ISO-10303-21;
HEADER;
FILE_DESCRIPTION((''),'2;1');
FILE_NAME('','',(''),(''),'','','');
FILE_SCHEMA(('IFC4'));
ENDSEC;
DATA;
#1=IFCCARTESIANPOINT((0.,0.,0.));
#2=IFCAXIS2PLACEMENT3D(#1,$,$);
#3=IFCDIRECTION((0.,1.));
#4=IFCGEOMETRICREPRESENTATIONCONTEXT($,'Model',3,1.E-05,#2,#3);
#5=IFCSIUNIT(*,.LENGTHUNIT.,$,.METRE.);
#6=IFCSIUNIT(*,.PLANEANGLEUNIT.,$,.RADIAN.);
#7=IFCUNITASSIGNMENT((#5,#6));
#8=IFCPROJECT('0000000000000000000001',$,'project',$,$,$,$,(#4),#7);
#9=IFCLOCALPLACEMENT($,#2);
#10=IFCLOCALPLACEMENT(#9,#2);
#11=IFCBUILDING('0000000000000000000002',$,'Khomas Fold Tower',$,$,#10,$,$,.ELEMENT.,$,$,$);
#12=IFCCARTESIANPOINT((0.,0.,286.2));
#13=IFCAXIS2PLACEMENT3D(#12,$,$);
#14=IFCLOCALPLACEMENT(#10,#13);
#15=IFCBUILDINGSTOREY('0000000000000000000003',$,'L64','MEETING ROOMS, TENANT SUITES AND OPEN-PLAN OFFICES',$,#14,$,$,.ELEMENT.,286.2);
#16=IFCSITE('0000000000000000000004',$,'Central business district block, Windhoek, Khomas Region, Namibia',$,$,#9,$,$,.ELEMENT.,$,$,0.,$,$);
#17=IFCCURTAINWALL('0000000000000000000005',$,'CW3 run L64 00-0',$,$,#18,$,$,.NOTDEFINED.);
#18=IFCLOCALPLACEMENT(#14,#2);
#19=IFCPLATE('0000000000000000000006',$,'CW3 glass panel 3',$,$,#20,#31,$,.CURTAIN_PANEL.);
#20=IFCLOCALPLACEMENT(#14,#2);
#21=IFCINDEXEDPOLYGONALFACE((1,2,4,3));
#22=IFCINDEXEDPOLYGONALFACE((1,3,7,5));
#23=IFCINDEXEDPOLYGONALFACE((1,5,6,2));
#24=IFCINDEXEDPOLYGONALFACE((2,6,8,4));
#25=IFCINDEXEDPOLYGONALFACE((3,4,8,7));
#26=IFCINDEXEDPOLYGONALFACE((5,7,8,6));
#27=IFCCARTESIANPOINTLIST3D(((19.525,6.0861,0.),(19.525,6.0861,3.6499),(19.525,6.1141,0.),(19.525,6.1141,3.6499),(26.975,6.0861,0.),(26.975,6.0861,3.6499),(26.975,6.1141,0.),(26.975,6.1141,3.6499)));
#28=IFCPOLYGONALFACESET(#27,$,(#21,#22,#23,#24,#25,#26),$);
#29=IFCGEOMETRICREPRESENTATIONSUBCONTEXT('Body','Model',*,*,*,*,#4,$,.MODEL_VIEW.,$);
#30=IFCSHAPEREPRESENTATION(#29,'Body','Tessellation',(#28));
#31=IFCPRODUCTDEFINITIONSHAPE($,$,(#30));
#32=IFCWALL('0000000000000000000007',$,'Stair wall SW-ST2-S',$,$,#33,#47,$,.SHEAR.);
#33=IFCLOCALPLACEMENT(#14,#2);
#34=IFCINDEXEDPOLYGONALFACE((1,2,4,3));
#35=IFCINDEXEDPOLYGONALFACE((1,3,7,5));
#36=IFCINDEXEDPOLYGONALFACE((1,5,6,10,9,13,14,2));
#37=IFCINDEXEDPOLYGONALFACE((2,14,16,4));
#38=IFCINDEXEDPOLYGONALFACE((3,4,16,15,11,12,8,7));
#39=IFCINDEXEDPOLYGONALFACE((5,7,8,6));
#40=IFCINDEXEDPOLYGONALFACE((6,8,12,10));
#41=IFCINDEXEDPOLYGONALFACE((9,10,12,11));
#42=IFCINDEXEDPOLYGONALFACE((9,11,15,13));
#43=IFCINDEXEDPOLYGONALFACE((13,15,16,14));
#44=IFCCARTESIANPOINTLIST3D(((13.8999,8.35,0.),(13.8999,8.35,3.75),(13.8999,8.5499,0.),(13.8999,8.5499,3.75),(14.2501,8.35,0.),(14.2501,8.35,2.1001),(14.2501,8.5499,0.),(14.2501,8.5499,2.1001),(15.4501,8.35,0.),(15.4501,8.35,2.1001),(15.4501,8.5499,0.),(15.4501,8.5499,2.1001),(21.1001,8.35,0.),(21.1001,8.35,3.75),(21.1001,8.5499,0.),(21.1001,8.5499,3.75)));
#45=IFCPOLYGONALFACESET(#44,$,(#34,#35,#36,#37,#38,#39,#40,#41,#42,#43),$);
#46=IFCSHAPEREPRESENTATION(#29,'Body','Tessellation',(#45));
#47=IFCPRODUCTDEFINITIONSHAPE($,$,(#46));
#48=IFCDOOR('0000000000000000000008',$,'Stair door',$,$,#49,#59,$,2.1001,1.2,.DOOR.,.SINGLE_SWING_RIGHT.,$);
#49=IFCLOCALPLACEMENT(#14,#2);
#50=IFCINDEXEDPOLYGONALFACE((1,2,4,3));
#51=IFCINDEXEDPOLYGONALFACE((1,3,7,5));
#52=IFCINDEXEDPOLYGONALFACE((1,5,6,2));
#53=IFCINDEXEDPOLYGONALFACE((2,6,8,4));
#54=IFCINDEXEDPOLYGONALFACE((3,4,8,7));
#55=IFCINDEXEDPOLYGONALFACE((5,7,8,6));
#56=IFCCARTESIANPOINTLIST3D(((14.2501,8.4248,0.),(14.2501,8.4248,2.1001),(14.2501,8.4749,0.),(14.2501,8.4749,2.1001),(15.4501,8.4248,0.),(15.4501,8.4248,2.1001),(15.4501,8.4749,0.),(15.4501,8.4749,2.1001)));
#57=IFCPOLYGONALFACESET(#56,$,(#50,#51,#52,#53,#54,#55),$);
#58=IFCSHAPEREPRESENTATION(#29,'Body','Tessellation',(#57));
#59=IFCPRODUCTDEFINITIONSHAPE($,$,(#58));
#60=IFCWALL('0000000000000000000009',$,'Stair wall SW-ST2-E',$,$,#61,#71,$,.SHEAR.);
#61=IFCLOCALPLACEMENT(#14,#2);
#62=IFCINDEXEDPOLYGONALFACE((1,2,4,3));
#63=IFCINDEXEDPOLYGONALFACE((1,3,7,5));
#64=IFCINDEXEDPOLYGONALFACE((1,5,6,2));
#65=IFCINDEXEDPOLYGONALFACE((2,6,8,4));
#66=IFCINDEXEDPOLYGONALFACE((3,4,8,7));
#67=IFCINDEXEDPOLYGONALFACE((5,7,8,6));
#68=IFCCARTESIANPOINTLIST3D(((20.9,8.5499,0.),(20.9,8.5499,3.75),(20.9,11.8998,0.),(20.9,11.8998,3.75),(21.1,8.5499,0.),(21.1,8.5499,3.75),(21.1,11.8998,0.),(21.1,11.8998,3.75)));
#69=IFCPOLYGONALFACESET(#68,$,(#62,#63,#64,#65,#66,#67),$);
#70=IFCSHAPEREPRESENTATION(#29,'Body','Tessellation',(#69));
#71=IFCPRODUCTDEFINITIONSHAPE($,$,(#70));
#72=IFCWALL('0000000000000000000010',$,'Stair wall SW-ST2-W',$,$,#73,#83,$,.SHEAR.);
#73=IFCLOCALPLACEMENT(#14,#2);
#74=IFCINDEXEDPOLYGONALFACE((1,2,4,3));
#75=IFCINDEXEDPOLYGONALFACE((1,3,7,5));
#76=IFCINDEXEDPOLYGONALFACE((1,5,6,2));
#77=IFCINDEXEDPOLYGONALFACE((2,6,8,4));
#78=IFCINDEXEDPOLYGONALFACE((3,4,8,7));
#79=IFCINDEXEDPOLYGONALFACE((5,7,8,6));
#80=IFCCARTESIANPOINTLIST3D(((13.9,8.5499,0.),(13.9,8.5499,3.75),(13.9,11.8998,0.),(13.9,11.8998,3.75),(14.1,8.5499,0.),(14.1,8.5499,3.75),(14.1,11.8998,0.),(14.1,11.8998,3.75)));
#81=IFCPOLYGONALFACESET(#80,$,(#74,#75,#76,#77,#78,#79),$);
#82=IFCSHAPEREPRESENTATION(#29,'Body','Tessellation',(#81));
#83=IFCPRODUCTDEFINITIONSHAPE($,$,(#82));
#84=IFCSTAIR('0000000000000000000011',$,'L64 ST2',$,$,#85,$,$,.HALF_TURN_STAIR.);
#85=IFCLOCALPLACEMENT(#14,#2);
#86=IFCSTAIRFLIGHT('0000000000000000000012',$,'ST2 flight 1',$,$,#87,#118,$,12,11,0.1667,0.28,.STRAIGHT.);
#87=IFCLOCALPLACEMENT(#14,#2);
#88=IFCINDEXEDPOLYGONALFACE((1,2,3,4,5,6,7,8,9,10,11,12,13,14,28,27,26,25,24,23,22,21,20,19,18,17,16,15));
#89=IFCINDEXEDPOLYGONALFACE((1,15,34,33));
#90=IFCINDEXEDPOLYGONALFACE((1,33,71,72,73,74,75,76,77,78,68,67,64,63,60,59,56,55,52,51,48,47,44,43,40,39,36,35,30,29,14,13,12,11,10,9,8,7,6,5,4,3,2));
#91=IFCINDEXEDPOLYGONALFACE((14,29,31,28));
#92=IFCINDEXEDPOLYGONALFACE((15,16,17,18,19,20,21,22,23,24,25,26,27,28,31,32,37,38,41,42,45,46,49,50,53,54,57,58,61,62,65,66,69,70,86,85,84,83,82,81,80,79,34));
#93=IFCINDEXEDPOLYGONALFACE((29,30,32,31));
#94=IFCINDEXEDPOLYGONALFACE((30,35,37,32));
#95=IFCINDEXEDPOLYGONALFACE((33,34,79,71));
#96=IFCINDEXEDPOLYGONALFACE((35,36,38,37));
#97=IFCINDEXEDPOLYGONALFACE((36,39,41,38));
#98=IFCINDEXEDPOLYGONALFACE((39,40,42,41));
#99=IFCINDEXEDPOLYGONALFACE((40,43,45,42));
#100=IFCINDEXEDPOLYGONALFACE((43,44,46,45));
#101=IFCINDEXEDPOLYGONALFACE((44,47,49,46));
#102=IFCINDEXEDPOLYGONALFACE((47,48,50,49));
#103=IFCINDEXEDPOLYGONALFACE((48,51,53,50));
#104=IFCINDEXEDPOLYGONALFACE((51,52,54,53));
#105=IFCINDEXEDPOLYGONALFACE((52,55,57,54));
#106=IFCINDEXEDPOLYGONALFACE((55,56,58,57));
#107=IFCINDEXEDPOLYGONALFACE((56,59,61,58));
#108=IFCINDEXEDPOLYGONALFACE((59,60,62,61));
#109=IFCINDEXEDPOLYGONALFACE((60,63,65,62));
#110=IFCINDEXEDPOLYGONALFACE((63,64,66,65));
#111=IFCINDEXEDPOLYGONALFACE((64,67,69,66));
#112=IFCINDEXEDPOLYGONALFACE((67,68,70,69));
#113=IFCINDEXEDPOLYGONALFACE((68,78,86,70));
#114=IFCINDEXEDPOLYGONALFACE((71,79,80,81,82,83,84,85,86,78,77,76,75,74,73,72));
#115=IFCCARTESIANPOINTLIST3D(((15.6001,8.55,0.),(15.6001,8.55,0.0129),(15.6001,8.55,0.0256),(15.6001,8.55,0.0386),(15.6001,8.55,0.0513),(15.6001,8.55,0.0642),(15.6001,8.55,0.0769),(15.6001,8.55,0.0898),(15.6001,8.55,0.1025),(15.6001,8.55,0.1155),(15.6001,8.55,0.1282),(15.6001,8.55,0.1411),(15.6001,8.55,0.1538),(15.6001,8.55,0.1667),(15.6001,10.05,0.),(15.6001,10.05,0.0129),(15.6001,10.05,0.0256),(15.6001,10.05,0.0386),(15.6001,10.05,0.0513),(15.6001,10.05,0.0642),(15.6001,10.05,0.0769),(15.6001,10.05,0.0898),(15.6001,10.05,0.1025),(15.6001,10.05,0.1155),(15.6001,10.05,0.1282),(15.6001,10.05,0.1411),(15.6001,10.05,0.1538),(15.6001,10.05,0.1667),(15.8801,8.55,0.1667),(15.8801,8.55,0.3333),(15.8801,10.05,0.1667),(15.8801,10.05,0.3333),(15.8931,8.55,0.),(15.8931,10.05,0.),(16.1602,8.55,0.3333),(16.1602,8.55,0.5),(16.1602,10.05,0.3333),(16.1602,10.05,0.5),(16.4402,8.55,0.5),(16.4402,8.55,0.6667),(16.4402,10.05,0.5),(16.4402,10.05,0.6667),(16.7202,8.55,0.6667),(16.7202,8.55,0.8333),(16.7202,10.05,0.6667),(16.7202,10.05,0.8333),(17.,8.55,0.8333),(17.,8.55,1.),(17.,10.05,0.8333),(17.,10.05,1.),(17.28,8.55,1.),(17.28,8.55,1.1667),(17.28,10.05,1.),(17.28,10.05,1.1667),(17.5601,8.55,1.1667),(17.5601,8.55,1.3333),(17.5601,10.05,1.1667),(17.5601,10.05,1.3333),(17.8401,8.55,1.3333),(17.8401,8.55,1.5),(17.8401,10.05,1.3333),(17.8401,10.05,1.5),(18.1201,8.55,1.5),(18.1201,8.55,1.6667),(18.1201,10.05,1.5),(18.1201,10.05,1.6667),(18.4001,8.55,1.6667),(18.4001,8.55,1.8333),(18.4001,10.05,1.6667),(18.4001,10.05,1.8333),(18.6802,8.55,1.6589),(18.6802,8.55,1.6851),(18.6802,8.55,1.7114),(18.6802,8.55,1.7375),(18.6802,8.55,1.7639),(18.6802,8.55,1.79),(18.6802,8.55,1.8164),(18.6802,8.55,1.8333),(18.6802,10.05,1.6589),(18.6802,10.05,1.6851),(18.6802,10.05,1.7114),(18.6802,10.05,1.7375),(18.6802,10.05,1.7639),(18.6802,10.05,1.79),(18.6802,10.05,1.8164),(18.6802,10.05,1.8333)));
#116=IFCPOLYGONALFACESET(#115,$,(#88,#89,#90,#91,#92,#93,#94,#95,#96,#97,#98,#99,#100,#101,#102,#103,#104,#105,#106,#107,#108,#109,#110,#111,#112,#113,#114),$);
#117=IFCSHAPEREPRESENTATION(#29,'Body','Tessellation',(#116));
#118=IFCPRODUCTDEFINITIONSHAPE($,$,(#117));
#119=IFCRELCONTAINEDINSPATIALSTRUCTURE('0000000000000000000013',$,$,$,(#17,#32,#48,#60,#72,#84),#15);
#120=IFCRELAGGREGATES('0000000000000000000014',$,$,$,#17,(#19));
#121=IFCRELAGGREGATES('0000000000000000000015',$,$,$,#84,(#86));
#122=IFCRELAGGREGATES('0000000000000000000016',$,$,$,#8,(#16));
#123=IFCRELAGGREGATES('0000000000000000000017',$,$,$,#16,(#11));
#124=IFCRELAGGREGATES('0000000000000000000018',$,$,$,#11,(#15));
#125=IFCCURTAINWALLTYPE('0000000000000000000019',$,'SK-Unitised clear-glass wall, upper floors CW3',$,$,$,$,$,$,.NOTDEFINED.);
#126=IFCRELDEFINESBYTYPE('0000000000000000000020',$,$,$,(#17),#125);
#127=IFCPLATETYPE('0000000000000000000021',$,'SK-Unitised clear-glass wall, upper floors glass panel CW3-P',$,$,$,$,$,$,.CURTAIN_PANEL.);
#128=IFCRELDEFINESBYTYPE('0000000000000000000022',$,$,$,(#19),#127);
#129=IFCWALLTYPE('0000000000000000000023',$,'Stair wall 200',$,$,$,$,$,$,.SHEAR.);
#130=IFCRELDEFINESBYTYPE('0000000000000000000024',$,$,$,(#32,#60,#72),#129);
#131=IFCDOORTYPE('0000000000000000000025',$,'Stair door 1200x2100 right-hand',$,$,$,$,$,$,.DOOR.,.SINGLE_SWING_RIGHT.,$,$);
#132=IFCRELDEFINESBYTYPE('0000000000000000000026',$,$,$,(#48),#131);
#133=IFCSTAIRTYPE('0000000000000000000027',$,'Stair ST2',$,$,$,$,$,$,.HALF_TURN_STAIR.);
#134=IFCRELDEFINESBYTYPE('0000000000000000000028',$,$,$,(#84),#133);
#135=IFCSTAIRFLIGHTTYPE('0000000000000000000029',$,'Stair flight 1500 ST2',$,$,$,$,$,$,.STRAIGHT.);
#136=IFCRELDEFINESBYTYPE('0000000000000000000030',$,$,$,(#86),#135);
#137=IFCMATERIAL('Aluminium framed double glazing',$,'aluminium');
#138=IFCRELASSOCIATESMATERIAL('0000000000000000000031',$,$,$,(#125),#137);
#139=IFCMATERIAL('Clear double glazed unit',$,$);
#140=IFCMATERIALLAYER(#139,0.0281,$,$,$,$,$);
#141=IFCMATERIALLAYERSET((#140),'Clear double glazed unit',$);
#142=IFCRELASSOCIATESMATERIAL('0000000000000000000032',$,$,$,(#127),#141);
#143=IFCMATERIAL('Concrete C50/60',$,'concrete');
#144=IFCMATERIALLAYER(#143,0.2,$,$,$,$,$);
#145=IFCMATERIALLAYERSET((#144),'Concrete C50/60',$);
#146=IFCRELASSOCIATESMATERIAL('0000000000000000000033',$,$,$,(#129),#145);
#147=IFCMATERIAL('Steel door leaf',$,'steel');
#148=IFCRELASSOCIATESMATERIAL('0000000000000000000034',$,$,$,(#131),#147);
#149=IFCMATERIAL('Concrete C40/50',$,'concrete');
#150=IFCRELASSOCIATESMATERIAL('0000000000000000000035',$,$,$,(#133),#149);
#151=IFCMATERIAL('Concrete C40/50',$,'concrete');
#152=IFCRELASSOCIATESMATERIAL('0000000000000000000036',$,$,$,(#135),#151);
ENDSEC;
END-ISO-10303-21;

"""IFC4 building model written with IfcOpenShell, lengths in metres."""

from ifc_helpers import new_model, si_unit, direction, frame, frame_2d, origin, origin_2d, place, context, subcontext, project, spatial, polyline, rectangle, outline, extrude, source, transform, mapped, material, layer, layer_set, type_object, element, fill, aggregate, save


model = new_model("IFC4")

# Units and contexts
model_context = context("Model", 3, precision=1e-05, world=origin(), true_north=direction((0.0, 1.0)))
body_context = subcontext(model_context, "Body", "Model", "MODEL_VIEW")
ifc_project = project(units=[si_unit("LENGTHUNIT", "METRE"), si_unit("PLANEANGLEUNIT", "RADIAN")], contexts=[model_context])

# Site, building, storey
site_placement = place(None, origin())
site = spatial("IfcSite", under=ifc_project, at=site_placement, Name="Central business district block, Windhoek, Khomas Region, Namibia", CompositionType="ELEMENT", RefElevation=0.0)
building_placement = place(site_placement, origin())
building = spatial("IfcBuilding", under=site, at=building_placement, Name="Khomas Fold Tower", CompositionType="ELEMENT")
storey_placement = place(building_placement, frame((0.0, 0.0, 286.2)))
storey = spatial("IfcBuildingStorey", under=building, at=storey_placement, Name="L64", Description="MEETING ROOMS, TENANT SUITES AND OPEN-PLAN OFFICES", CompositionType="ELEMENT", Elevation=286.2)

# Curtain wall, plate
ifc_material_1 = material(Name="Aluminium framed double glazing", Category="aluminium")
curtain_wall_type = type_object("IfcCurtainWallType", Name="SK-Unitised clear-glass wall, upper floors CW3", PredefinedType="NOTDEFINED", material=ifc_material_1)
curtain_wall_placement = place(storey_placement, origin())
curtain_wall = element("IfcCurtainWall", 1, at=curtain_wall_placement, inside=storey, type_object=curtain_wall_type, Name="CW3 run L64 00-0", PredefinedType="NOTDEFINED")
ifc_material_2 = material(Name="Clear double glazed unit")
ifc_layer_1 = layer(ifc_material_2, 0.0281)
ifc_layer_set_1 = layer_set([ifc_layer_1], Name="Clear double glazed unit")
plate_type = type_object("IfcPlateType", Name="SK-Unitised clear-glass wall, upper floors glass panel CW3-P", PredefinedType="CURTAIN_PANEL", material=ifc_layer_set_1)
shared_shape_1 = source(origin(), body_context, "Body", "SweptSolid", [
    extrude(rectangle(XDim=7.45, YDim=0.0281, at=origin_2d()), origin(), (0.0, 0.0, 1.0), 3.6499),
])
plate_1_placement = place(storey_placement, frame((23.25, 6.1001, 0.0), z_axis=(0.0, 0.0, 1.0), x_axis=(1.0, 0.0, 0.0)))
plate_1 = element("IfcPlate", 2, at=plate_1_placement, type_object=plate_type, Name="CW3 glass panel 3", PredefinedType="CURTAIN_PANEL", context=body_context, shape_type="MappedRepresentation", body=[
    mapped(shared_shape_1, transform((0.0, 0.0, 0.0))),
])
aggregate(curtain_wall, [plate_1])

# Wall, opening, door
ifc_material_3 = material(Name="Concrete C50/60", Category="concrete")
ifc_layer_2 = layer(ifc_material_3, 0.2)
ifc_layer_set_2 = layer_set([ifc_layer_2], Name="Concrete C50/60")
wall_type = type_object("IfcWallType", Name="Stair wall 200", PredefinedType="SHEAR", material=ifc_layer_set_2)
shared_shape_2 = source(origin(), body_context, "Body", "SweptSolid", [
    extrude(rectangle(XDim=7.2002, YDim=0.2, at=frame_2d((3.6001, 0.0))), origin(), (0.0, 0.0, 1.0), 3.75),
])
wall_placement = place(storey_placement, frame((13.8999, 8.45, 0.0), z_axis=(0.0, 0.0, 1.0), x_axis=(1.0, 0.0, 0.0)))
wall = element("IfcWall", 3, at=wall_placement, inside=storey, type_object=wall_type, Name="Stair wall SW-ST2-S", PredefinedType="SHEAR", context=body_context, shape_type="MappedRepresentation", body=[
    mapped(shared_shape_2, transform((0.0, 0.0, 0.0))),
])
shared_shape_3 = source(origin(), body_context, "Body", "SweptSolid", [
    extrude(rectangle(XDim=1.2, YDim=2.1001, at=frame_2d((0.6001, 1.05))), frame((0.0, 0.1099, 0.0), z_axis=(0.0, -1.0, 0.0), x_axis=(1.0, 0.0, 0.0)), (0.0, 0.0, 1.0), 0.22),
])
opening_placement = place(wall_placement, frame((0.3501, 0.0, 0.0)))
opening = element("IfcOpeningElement", 4, at=opening_placement, cuts=wall, PredefinedType="OPENING", context=body_context, shape_type="MappedRepresentation", body=[
    mapped(shared_shape_3, transform((0.0, 0.0, 0.0))),
])
ifc_material_4 = material(Name="Steel door leaf", Category="steel")
door_type = type_object("IfcDoorType", Name="Stair door 1200x2100 right-hand", OperationType="SINGLE_SWING_RIGHT", PredefinedType="DOOR", material=ifc_material_4)
shared_shape_4 = source(origin(), body_context, "Body", "SweptSolid", [
    extrude(rectangle(XDim=1.2, YDim=2.1001, at=frame_2d((0.6001, 1.05))), frame((0.0, 0.0249, 0.0), z_axis=(0.0, -1.0, 0.0), x_axis=(1.0, 0.0, 0.0)), (0.0, 0.0, 1.0), 0.05),
])
door_placement = place(opening_placement, origin())
door = element("IfcDoor", 5, at=door_placement, inside=storey, type_object=door_type, Name="Stair door", OperationType="SINGLE_SWING_RIGHT", OverallHeight=2.1001, OverallWidth=1.2, PredefinedType="DOOR", context=body_context, shape_type="MappedRepresentation", body=[
    mapped(shared_shape_4, transform((0.0, 0.0, 0.0))),
])
fill(opening, door)

# Walls
shared_shape_5 = source(origin(), body_context, "Body", "SweptSolid", [
    extrude(rectangle(XDim=3.3499, YDim=0.2, at=frame_2d((1.6748, 0.0))), origin(), (0.0, 0.0, 1.0), 3.75),
])
for number, where, z_axis, x_axis, name in (
    (6, (21.0, 8.55, 0.0), (0.0, 0.0, 1.0), (0.0, 1.0, 0.0), "Stair wall SW-ST2-E"),
    (7, (14.0, 8.55, 0.0), (0.0, 0.0, 1.0), (0.0, 1.0, 0.0), "Stair wall SW-ST2-W"),
):
    element("IfcWall", number, at=place(storey_placement, frame(where, z_axis=z_axis, x_axis=x_axis)), inside=storey, type_object=wall_type, Name=name, PredefinedType="SHEAR", context=body_context, shape_type="MappedRepresentation", body=[
        mapped(shared_shape_5, transform((0.0, 0.0, 0.0))),
    ])

# Stair, stair flight
ifc_material_5 = material(Name="Concrete C40/50", Category="concrete")
stair_type = type_object("IfcStairType", Name="Stair ST2", PredefinedType="HALF_TURN_STAIR", material=ifc_material_5)
stair_placement = place(storey_placement, origin())
stair = element("IfcStair", 8, at=stair_placement, inside=storey, type_object=stair_type, Name="L64 ST2", PredefinedType="HALF_TURN_STAIR")
ifc_material_6 = material(Name="Concrete C40/50", Category="concrete")
stair_flight_type = type_object("IfcStairFlightType", Name="Stair flight 1500 ST2", PredefinedType="STRAIGHT", material=ifc_material_6)
shared_shape_6 = source(origin(), body_context, "Body", "SweptSolid", [
    extrude(outline(polyline([(0.0, 0.0), (0.0, 0.0129), (0.0, 0.0256), (0.0, 0.0386), (0.0, 0.0513), (0.0, 0.0642), (0.0, 0.0769), (0.0, 0.0898), (0.0, 0.1025), (0.0, 0.1155), (0.0, 0.1282), (0.0, 0.1411), (0.0, 0.1538), (0.0, 0.1667), (0.28, 0.1667), (0.28, 0.3333), (0.5601, 0.3333), (0.5601, 0.5), (0.8401, 0.5), (0.8401, 0.6667), (1.1201, 0.6667), (1.1201, 0.8333), (1.3999, 0.8333), (1.3999, 1.0), (1.6799, 1.0), (1.6799, 1.1667), (1.96, 1.1667), (1.96, 1.3333), (2.24, 1.3333), (2.24, 1.5), (2.52, 1.5), (2.52, 1.6667), (2.8, 1.6667), (2.8, 1.8333), (3.0801, 1.8333), (3.0801, 2.0), (3.0801, 1.9739), (3.0801, 1.9475), (3.0801, 1.9214), (3.0801, 1.895), (3.0801, 1.8689), (3.0801, 1.8425), (3.0801, 1.8164), (3.0801, 1.79), (3.0801, 1.7639), (3.0801, 1.7375), (3.0801, 1.7114), (3.0801, 1.6851), (3.0801, 1.6589), (0.293, 0.0), (0.0, 0.0)])), frame((0.0, 0.75, 0.0), z_axis=(0.0, -1.0, 0.0), x_axis=(1.0, 0.0, 0.0)), (0.0, 0.0, 1.0), 1.5),
])
stair_flight_placement = place(storey_placement, frame((15.6001, 9.3, 0.0), z_axis=(0.0, 0.0, 1.0), x_axis=(1.0, 0.0, 0.0)))
stair_flight = element("IfcStairFlight", 9, at=stair_flight_placement, type_object=stair_flight_type, Name="ST2 flight 1", NumberOfRisers=12, NumberOfTreads=11, PredefinedType="STRAIGHT", RiserHeight=0.1667, TreadLength=0.28, context=body_context, shape_type="MappedRepresentation", body=[
    mapped(shared_shape_6, transform((0.0, 0.0, 0.0))),
])
aggregate(stair, [stair_flight])

save(model, "model.ifc")
